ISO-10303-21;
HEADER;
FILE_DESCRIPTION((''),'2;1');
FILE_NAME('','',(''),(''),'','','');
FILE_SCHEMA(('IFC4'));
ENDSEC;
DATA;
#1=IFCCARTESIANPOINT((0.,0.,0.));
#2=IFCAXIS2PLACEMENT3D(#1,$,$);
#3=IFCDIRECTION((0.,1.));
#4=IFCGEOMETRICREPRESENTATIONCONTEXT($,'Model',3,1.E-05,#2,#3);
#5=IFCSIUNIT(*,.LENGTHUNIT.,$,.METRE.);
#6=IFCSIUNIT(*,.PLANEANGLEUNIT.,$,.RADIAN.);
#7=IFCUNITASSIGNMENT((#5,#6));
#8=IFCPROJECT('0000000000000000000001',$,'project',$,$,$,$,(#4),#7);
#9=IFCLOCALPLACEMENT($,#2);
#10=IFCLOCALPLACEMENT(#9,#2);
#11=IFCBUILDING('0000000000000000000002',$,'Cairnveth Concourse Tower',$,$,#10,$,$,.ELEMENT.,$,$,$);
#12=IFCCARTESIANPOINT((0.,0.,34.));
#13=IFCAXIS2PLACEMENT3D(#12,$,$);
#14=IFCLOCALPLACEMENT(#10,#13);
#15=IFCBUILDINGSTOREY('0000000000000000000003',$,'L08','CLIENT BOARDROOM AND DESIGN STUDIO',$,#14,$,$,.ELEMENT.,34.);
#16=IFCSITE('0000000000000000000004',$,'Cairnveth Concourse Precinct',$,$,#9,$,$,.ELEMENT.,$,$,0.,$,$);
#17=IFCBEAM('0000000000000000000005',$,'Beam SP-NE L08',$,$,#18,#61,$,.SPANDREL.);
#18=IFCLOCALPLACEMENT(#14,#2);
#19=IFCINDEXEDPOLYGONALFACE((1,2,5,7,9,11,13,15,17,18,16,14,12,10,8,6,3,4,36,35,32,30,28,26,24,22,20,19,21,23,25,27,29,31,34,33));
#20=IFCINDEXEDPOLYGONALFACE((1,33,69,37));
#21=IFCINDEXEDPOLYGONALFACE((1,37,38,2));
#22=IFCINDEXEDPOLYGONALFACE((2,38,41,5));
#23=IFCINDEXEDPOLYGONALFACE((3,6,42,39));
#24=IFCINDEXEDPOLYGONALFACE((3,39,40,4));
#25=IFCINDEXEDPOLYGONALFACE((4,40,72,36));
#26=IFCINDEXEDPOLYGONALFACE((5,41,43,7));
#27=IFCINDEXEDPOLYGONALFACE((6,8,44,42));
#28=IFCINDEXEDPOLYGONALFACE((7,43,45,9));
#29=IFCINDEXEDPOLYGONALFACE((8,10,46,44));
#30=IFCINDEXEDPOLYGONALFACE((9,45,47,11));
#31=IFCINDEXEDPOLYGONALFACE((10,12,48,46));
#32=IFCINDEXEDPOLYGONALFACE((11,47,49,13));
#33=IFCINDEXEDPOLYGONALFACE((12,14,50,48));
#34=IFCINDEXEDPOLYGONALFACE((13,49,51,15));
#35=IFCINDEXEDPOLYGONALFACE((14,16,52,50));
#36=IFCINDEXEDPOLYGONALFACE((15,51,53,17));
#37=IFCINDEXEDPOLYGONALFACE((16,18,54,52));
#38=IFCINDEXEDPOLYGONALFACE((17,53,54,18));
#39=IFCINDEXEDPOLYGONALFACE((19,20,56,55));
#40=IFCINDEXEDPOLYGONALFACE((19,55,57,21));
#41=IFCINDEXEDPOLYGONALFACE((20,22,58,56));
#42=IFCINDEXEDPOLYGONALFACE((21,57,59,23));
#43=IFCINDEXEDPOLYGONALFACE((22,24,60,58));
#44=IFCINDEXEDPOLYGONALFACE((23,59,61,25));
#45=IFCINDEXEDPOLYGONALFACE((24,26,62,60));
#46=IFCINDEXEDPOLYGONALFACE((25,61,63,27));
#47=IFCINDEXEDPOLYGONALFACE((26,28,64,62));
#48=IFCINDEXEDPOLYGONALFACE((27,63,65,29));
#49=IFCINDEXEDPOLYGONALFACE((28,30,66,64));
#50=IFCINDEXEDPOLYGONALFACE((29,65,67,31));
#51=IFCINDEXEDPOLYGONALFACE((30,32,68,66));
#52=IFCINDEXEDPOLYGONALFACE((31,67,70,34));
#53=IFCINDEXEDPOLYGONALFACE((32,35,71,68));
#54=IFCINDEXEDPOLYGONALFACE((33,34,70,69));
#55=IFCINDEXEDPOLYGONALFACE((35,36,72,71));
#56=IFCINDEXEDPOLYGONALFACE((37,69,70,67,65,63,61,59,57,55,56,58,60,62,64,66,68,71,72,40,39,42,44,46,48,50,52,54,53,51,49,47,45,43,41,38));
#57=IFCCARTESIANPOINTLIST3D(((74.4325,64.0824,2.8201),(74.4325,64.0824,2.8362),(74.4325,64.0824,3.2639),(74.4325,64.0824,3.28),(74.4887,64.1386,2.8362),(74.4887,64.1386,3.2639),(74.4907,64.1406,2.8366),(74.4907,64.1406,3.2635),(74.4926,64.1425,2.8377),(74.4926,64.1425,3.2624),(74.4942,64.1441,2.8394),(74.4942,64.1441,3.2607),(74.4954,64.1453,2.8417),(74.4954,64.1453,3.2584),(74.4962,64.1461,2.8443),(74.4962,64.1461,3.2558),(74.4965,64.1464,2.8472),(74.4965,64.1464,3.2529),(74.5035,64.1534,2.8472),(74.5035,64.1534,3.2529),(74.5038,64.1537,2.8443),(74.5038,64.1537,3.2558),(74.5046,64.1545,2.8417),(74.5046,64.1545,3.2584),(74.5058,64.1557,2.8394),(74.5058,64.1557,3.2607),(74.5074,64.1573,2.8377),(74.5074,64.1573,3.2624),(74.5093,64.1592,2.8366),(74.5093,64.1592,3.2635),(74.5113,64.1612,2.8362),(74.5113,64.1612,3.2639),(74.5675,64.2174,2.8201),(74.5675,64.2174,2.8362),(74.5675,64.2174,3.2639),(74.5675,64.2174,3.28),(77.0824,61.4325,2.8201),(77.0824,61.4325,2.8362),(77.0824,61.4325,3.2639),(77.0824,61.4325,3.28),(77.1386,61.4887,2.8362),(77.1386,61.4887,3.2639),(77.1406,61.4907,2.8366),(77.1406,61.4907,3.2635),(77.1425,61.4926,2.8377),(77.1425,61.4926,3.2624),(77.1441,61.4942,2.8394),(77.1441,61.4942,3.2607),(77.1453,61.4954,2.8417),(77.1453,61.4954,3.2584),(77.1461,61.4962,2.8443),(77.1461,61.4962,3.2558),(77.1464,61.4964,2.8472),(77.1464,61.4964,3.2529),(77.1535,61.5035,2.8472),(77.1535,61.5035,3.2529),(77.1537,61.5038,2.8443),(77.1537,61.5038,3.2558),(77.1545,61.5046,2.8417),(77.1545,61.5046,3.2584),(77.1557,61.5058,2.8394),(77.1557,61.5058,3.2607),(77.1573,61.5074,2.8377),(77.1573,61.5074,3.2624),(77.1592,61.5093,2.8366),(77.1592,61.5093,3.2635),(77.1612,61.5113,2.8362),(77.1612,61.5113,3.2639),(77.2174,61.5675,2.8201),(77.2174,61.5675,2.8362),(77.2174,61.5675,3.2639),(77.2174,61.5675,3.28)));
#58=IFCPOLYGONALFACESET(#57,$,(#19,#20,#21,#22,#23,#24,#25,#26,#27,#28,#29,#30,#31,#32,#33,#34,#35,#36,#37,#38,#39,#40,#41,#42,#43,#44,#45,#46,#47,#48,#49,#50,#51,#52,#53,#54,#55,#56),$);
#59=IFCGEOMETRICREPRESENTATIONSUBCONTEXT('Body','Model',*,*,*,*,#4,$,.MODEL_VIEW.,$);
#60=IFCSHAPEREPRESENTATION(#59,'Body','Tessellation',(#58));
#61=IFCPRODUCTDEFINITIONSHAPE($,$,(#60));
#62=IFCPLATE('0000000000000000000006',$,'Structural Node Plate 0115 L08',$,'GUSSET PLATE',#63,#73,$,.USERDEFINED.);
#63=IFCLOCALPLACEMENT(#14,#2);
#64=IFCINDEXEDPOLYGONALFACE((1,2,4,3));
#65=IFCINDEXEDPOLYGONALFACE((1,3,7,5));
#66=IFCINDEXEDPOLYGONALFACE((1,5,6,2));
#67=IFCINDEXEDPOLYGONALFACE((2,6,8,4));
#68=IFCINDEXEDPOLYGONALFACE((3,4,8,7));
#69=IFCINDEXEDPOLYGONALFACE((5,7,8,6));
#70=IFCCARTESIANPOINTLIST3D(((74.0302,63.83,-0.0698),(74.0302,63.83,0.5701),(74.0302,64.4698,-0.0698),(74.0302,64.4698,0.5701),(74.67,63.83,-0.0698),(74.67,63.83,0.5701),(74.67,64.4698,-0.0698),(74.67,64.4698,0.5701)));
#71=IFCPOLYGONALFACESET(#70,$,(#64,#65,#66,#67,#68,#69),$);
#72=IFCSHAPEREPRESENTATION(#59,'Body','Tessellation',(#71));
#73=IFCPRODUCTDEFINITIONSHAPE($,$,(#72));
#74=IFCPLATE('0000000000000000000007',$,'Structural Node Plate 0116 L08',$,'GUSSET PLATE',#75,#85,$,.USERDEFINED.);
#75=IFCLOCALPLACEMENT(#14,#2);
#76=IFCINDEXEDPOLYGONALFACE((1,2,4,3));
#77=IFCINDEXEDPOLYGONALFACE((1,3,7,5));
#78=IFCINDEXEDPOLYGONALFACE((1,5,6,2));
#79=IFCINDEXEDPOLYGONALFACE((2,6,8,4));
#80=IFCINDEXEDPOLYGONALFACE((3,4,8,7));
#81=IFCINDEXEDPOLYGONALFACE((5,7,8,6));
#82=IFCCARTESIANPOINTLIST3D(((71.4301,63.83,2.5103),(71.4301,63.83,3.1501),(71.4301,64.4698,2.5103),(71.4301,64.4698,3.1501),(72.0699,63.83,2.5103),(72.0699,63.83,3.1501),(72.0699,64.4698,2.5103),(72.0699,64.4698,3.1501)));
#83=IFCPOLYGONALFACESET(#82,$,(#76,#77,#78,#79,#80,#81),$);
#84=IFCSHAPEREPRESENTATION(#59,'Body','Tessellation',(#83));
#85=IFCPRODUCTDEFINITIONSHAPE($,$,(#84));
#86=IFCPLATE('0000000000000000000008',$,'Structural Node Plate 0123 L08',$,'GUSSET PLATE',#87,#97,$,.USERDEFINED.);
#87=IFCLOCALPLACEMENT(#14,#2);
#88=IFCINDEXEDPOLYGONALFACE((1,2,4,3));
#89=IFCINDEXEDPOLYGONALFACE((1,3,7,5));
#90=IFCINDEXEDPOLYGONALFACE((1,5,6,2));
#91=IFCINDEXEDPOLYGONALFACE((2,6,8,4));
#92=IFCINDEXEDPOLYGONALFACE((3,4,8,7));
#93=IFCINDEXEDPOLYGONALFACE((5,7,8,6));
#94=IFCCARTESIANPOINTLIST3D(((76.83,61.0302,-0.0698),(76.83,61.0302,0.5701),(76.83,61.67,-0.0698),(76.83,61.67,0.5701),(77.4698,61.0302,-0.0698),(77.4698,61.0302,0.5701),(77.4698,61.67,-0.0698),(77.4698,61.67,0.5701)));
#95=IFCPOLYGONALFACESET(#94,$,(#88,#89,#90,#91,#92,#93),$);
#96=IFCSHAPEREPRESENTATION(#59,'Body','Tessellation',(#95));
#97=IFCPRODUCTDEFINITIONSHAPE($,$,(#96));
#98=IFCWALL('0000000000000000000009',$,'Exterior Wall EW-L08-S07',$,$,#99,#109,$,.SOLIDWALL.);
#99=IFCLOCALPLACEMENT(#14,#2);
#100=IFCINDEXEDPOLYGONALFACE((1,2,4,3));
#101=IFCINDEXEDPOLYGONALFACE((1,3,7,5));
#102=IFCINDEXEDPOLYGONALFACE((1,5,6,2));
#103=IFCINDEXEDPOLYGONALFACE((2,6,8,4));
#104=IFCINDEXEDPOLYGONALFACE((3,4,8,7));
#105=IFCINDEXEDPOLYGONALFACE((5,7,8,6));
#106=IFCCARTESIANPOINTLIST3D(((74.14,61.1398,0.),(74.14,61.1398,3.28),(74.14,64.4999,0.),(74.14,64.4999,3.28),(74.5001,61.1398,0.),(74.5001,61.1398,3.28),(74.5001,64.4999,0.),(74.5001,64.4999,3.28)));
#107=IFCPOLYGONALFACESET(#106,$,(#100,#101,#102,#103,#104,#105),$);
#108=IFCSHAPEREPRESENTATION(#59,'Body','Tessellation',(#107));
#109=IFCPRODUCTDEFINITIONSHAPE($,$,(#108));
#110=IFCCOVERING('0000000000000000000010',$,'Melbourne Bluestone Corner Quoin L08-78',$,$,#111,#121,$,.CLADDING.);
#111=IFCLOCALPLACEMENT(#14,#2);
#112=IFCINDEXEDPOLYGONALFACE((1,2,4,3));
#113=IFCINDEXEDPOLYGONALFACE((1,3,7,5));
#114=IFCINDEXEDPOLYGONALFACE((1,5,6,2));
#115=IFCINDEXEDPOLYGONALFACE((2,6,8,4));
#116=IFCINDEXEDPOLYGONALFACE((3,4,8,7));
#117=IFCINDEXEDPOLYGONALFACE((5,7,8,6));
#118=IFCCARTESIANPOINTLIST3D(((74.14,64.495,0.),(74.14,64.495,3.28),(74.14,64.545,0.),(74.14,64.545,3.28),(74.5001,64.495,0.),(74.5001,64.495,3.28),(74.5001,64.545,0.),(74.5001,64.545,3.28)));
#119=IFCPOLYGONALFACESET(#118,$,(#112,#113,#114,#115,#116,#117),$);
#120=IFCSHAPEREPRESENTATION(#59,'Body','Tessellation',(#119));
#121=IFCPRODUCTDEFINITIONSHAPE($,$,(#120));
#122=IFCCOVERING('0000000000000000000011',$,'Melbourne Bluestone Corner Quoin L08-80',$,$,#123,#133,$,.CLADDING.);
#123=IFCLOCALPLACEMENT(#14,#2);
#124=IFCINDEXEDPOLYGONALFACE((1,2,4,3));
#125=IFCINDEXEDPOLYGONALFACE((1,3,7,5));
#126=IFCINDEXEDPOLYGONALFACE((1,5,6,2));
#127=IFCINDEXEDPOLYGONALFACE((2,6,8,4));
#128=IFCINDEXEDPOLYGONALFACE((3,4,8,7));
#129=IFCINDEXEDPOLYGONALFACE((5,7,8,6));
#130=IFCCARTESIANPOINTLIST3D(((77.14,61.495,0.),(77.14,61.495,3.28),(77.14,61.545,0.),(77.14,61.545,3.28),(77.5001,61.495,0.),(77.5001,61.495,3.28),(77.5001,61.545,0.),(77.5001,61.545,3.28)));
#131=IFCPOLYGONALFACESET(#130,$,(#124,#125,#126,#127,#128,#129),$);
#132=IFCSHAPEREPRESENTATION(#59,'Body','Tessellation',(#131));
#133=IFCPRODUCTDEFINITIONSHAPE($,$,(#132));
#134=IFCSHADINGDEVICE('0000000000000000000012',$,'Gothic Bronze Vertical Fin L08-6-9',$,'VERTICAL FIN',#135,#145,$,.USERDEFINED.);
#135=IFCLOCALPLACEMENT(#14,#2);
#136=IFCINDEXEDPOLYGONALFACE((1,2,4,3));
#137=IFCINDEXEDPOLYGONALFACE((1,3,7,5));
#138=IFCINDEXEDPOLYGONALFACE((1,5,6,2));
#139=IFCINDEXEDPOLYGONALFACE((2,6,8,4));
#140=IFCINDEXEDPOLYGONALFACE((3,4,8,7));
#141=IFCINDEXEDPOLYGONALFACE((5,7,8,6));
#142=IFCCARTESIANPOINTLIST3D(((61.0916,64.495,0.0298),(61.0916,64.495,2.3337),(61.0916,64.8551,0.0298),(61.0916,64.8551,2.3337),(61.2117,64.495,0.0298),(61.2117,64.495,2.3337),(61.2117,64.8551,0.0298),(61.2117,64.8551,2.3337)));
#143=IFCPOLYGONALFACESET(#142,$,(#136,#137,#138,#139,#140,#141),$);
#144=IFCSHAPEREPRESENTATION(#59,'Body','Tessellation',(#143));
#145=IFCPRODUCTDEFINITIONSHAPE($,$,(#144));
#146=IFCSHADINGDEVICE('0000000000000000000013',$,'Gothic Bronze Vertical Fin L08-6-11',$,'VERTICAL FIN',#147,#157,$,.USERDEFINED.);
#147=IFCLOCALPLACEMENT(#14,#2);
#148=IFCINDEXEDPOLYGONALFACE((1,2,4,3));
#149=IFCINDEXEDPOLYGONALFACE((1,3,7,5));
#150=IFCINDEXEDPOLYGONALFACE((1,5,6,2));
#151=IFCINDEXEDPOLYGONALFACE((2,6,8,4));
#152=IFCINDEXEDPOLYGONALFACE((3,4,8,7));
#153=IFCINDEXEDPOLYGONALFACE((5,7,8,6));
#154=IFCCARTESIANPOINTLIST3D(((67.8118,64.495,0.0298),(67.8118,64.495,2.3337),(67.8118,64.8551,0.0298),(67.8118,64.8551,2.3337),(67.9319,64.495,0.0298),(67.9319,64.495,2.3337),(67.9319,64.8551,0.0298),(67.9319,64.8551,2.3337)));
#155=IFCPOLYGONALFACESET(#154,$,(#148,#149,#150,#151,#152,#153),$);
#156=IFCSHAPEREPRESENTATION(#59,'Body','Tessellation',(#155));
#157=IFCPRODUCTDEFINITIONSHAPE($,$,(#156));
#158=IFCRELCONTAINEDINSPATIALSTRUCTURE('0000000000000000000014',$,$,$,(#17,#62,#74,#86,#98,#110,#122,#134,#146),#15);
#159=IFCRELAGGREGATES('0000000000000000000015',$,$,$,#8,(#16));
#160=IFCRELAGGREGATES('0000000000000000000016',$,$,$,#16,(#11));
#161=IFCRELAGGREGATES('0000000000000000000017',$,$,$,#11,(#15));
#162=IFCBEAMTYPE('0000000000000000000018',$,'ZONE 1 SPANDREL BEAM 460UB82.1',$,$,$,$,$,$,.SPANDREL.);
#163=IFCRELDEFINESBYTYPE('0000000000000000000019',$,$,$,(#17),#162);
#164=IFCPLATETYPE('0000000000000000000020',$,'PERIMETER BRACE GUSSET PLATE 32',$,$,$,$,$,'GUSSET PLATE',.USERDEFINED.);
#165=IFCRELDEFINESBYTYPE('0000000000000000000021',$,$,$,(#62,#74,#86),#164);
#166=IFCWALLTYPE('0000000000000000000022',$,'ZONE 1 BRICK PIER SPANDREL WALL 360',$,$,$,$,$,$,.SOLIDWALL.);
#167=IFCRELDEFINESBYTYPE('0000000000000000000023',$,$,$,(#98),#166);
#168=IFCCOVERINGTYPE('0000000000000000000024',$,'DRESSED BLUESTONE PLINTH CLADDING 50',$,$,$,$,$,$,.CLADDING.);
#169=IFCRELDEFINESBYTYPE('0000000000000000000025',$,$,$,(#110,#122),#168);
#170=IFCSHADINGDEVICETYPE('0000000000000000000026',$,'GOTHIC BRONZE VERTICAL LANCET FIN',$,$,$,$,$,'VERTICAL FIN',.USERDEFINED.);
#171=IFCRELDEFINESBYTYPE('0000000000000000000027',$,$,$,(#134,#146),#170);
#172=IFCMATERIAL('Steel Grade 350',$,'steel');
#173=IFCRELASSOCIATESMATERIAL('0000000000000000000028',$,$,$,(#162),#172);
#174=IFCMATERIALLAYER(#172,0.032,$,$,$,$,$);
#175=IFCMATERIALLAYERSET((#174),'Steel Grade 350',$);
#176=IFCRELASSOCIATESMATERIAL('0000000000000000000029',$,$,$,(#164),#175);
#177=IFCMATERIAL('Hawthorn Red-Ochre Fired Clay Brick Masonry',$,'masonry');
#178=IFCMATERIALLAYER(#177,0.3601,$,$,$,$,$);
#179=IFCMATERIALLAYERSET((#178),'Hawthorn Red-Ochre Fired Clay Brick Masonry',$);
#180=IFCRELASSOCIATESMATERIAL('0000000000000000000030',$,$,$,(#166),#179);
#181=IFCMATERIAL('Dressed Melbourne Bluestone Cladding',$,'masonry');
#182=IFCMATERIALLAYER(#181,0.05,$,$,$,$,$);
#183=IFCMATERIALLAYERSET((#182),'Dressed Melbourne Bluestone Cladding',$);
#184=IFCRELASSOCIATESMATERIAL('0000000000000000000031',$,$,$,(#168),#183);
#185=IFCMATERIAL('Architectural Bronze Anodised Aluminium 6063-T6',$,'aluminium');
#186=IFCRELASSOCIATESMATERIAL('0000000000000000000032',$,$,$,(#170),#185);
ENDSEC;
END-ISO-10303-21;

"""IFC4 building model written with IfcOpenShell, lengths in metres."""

from ifc_helpers import new_model, si_unit, direction, frame, frame_2d, origin, origin_2d, place, context, subcontext, project, spatial, rectangle, i_section, extrude, material, layer, layer_set, material_profile, profile_set, type_object, element, save


model = new_model("IFC4")

# Units and contexts
model_context = context("Model", 3, precision=1e-05, world=origin(), true_north=direction((0.0, 1.0)))
body_context = subcontext(model_context, "Body", "Model", "MODEL_VIEW")
ifc_project = project(units=[si_unit("LENGTHUNIT", "METRE"), si_unit("PLANEANGLEUNIT", "RADIAN")], contexts=[model_context])

# Site, building, storey
site_placement = place(None, origin())
site = spatial("IfcSite", under=ifc_project, at=site_placement, Name="Cairnveth Concourse Precinct", CompositionType="ELEMENT", RefElevation=0.0)
building_placement = place(site_placement, origin())
building = spatial("IfcBuilding", under=site, at=building_placement, Name="Cairnveth Concourse Tower", CompositionType="ELEMENT")
storey_placement = place(building_placement, frame((0.0, 0.0, 34.0)))
storey = spatial("IfcBuildingStorey", under=building, at=storey_placement, Name="L08", Description="CLIENT BOARDROOM AND DESIGN STUDIO", CompositionType="ELEMENT", Elevation=34.0)

# Shared definitions
ifc_material_1 = material(Name="Steel Grade 350", Category="steel")

# Beam
ifc_material_profile_1 = material_profile(ifc_material_1, i_section(OverallWidth=0.1909, OverallDepth=0.46, WebThickness=0.01, FlangeThickness=0.0161, FilletRadius=0.011, at=origin_2d()), Name="460UB82.1")
ifc_profile_set_1 = profile_set([ifc_material_profile_1], Name="Steel Grade 350")
beam_type_1 = type_object("IfcBeamType", Name="ZONE 1 SPANDREL BEAM 460UB82.1", PredefinedType="SPANDREL", material=ifc_profile_set_1)
beam_1_placement = place(storey_placement, frame((74.5, 64.1499, 3.05), z_axis=(0.707107, -0.707107, 0.0), x_axis=(0.707107, 0.707107, 0.0)))
element("IfcBeam", 1, at=beam_1_placement, inside=storey, type_object=beam_type_1, Name="Beam SP-NE L08", PredefinedType="SPANDREL", context=body_context, shape_type="SweptSolid", body=[
    extrude(i_section(OverallWidth=0.1909, OverallDepth=0.46, WebThickness=0.01, FlangeThickness=0.0161, FilletRadius=0.011, at=origin_2d()), origin(), (0.0, 0.0, 1.0), 3.7476),
])

# Plates
ifc_layer_1 = layer(ifc_material_1, 0.032)
ifc_layer_set_1 = layer_set([ifc_layer_1], Name="Steel Grade 350")
plate_type = type_object("IfcPlateType", Name="PERIMETER BRACE GUSSET PLATE 32", ElementType="GUSSET PLATE", PredefinedType="USERDEFINED", material=ifc_layer_set_1)
for number, where, z_axis, x_axis, name in (
    (2, (74.3501, 64.1499, -0.0698), (0.0, 0.0, 1.0), (1.0, 0.0, 0.0), "Structural Node Plate 0115 L08"),
    (3, (71.75, 64.1499, 2.5103), (0.0, 0.0, 1.0), (1.0, 0.0, 0.0), "Structural Node Plate 0116 L08"),
    (4, (77.1499, 61.3501, -0.0698), (0.0, 0.0, 1.0), (1.0, 0.0, 0.0), "Structural Node Plate 0123 L08"),
):
    element("IfcPlate", number, at=place(storey_placement, frame(where, z_axis=z_axis, x_axis=x_axis)), inside=storey, type_object=plate_type, Name=name, ObjectType="GUSSET PLATE", PredefinedType="USERDEFINED", context=body_context, shape_type="SweptSolid", body=[
        extrude(rectangle(XDim=0.6399, YDim=0.6399, at=origin_2d()), origin(), (0.0, 0.0, 1.0), 0.6399),
    ])

# Wall
ifc_material_2 = material(Name="Hawthorn Red-Ochre Fired Clay Brick Masonry", Category="masonry")
ifc_layer_2 = layer(ifc_material_2, 0.3601)
ifc_layer_set_2 = layer_set([ifc_layer_2], Name="Hawthorn Red-Ochre Fired Clay Brick Masonry")
wall_type = type_object("IfcWallType", Name="ZONE 1 BRICK PIER SPANDREL WALL 360", PredefinedType="SOLIDWALL", material=ifc_layer_set_2)
wall_1_placement = place(storey_placement, frame((74.3201, 64.5, 0.0), z_axis=(0.0, 0.0, 1.0), x_axis=(0.0, -1.0, 0.0)))
element("IfcWall", 5, at=wall_1_placement, inside=storey, type_object=wall_type, Name="Exterior Wall EW-L08-S07", PredefinedType="SOLIDWALL", context=body_context, shape_type="SweptSolid", body=[
    extrude(rectangle(XDim=3.3601, YDim=0.3601, at=frame_2d((1.6802, 0.0))), origin(), (0.0, 0.0, 1.0), 3.28),
])

# Coverings
ifc_material_3 = material(Name="Dressed Melbourne Bluestone Cladding", Category="masonry")
ifc_layer_3 = layer(ifc_material_3, 0.05)
ifc_layer_set_3 = layer_set([ifc_layer_3], Name="Dressed Melbourne Bluestone Cladding")
covering_type = type_object("IfcCoveringType", Name="DRESSED BLUESTONE PLINTH CLADDING 50", PredefinedType="CLADDING", material=ifc_layer_set_3)
for number, where, z_axis, x_axis, name in (
    (6, (74.1399, 64.52, 0.0), (0.0, 0.0, 1.0), (1.0, 0.0, 0.0), "Melbourne Bluestone Corner Quoin L08-78"),
    (7, (77.1399, 61.52, 0.0), (0.0, 0.0, 1.0), (1.0, 0.0, 0.0), "Melbourne Bluestone Corner Quoin L08-80"),
):
    element("IfcCovering", number, at=place(storey_placement, frame(where, z_axis=z_axis, x_axis=x_axis)), inside=storey, type_object=covering_type, Name=name, PredefinedType="CLADDING", context=body_context, shape_type="SweptSolid", body=[
        extrude(rectangle(XDim=0.3601, YDim=0.05, at=frame_2d((0.1802, 0.0))), origin(), (0.0, 0.0, 1.0), 3.28),
    ])

# Shading devices
ifc_material_4 = material(Name="Architectural Bronze Anodised Aluminium 6063-T6", Category="aluminium")
shading_device_type = type_object("IfcShadingDeviceType", Name="GOTHIC BRONZE VERTICAL LANCET FIN", ElementType="VERTICAL FIN", PredefinedType="USERDEFINED", material=ifc_material_4)
for number, where, z_axis, x_axis, name in (
    (8, (61.1516, 64.675, 0.0298), (0.0, 0.0, 1.0), (1.0, 0.0, 0.0), "Gothic Bronze Vertical Fin L08-6-9"),
    (9, (67.8718, 64.675, 0.0298), (0.0, 0.0, 1.0), (1.0, 0.0, 0.0), "Gothic Bronze Vertical Fin L08-6-11"),
):
    element("IfcShadingDevice", number, at=place(storey_placement, frame(where, z_axis=z_axis, x_axis=x_axis)), inside=storey, type_object=shading_device_type, Name=name, ObjectType="VERTICAL FIN", PredefinedType="USERDEFINED", context=body_context, shape_type="SweptSolid", body=[
        extrude(rectangle(XDim=0.1201, YDim=0.3601, at=origin_2d()), origin(), (0.0, 0.0, 1.0), 2.304),
    ])

save(model, "model.ifc")
